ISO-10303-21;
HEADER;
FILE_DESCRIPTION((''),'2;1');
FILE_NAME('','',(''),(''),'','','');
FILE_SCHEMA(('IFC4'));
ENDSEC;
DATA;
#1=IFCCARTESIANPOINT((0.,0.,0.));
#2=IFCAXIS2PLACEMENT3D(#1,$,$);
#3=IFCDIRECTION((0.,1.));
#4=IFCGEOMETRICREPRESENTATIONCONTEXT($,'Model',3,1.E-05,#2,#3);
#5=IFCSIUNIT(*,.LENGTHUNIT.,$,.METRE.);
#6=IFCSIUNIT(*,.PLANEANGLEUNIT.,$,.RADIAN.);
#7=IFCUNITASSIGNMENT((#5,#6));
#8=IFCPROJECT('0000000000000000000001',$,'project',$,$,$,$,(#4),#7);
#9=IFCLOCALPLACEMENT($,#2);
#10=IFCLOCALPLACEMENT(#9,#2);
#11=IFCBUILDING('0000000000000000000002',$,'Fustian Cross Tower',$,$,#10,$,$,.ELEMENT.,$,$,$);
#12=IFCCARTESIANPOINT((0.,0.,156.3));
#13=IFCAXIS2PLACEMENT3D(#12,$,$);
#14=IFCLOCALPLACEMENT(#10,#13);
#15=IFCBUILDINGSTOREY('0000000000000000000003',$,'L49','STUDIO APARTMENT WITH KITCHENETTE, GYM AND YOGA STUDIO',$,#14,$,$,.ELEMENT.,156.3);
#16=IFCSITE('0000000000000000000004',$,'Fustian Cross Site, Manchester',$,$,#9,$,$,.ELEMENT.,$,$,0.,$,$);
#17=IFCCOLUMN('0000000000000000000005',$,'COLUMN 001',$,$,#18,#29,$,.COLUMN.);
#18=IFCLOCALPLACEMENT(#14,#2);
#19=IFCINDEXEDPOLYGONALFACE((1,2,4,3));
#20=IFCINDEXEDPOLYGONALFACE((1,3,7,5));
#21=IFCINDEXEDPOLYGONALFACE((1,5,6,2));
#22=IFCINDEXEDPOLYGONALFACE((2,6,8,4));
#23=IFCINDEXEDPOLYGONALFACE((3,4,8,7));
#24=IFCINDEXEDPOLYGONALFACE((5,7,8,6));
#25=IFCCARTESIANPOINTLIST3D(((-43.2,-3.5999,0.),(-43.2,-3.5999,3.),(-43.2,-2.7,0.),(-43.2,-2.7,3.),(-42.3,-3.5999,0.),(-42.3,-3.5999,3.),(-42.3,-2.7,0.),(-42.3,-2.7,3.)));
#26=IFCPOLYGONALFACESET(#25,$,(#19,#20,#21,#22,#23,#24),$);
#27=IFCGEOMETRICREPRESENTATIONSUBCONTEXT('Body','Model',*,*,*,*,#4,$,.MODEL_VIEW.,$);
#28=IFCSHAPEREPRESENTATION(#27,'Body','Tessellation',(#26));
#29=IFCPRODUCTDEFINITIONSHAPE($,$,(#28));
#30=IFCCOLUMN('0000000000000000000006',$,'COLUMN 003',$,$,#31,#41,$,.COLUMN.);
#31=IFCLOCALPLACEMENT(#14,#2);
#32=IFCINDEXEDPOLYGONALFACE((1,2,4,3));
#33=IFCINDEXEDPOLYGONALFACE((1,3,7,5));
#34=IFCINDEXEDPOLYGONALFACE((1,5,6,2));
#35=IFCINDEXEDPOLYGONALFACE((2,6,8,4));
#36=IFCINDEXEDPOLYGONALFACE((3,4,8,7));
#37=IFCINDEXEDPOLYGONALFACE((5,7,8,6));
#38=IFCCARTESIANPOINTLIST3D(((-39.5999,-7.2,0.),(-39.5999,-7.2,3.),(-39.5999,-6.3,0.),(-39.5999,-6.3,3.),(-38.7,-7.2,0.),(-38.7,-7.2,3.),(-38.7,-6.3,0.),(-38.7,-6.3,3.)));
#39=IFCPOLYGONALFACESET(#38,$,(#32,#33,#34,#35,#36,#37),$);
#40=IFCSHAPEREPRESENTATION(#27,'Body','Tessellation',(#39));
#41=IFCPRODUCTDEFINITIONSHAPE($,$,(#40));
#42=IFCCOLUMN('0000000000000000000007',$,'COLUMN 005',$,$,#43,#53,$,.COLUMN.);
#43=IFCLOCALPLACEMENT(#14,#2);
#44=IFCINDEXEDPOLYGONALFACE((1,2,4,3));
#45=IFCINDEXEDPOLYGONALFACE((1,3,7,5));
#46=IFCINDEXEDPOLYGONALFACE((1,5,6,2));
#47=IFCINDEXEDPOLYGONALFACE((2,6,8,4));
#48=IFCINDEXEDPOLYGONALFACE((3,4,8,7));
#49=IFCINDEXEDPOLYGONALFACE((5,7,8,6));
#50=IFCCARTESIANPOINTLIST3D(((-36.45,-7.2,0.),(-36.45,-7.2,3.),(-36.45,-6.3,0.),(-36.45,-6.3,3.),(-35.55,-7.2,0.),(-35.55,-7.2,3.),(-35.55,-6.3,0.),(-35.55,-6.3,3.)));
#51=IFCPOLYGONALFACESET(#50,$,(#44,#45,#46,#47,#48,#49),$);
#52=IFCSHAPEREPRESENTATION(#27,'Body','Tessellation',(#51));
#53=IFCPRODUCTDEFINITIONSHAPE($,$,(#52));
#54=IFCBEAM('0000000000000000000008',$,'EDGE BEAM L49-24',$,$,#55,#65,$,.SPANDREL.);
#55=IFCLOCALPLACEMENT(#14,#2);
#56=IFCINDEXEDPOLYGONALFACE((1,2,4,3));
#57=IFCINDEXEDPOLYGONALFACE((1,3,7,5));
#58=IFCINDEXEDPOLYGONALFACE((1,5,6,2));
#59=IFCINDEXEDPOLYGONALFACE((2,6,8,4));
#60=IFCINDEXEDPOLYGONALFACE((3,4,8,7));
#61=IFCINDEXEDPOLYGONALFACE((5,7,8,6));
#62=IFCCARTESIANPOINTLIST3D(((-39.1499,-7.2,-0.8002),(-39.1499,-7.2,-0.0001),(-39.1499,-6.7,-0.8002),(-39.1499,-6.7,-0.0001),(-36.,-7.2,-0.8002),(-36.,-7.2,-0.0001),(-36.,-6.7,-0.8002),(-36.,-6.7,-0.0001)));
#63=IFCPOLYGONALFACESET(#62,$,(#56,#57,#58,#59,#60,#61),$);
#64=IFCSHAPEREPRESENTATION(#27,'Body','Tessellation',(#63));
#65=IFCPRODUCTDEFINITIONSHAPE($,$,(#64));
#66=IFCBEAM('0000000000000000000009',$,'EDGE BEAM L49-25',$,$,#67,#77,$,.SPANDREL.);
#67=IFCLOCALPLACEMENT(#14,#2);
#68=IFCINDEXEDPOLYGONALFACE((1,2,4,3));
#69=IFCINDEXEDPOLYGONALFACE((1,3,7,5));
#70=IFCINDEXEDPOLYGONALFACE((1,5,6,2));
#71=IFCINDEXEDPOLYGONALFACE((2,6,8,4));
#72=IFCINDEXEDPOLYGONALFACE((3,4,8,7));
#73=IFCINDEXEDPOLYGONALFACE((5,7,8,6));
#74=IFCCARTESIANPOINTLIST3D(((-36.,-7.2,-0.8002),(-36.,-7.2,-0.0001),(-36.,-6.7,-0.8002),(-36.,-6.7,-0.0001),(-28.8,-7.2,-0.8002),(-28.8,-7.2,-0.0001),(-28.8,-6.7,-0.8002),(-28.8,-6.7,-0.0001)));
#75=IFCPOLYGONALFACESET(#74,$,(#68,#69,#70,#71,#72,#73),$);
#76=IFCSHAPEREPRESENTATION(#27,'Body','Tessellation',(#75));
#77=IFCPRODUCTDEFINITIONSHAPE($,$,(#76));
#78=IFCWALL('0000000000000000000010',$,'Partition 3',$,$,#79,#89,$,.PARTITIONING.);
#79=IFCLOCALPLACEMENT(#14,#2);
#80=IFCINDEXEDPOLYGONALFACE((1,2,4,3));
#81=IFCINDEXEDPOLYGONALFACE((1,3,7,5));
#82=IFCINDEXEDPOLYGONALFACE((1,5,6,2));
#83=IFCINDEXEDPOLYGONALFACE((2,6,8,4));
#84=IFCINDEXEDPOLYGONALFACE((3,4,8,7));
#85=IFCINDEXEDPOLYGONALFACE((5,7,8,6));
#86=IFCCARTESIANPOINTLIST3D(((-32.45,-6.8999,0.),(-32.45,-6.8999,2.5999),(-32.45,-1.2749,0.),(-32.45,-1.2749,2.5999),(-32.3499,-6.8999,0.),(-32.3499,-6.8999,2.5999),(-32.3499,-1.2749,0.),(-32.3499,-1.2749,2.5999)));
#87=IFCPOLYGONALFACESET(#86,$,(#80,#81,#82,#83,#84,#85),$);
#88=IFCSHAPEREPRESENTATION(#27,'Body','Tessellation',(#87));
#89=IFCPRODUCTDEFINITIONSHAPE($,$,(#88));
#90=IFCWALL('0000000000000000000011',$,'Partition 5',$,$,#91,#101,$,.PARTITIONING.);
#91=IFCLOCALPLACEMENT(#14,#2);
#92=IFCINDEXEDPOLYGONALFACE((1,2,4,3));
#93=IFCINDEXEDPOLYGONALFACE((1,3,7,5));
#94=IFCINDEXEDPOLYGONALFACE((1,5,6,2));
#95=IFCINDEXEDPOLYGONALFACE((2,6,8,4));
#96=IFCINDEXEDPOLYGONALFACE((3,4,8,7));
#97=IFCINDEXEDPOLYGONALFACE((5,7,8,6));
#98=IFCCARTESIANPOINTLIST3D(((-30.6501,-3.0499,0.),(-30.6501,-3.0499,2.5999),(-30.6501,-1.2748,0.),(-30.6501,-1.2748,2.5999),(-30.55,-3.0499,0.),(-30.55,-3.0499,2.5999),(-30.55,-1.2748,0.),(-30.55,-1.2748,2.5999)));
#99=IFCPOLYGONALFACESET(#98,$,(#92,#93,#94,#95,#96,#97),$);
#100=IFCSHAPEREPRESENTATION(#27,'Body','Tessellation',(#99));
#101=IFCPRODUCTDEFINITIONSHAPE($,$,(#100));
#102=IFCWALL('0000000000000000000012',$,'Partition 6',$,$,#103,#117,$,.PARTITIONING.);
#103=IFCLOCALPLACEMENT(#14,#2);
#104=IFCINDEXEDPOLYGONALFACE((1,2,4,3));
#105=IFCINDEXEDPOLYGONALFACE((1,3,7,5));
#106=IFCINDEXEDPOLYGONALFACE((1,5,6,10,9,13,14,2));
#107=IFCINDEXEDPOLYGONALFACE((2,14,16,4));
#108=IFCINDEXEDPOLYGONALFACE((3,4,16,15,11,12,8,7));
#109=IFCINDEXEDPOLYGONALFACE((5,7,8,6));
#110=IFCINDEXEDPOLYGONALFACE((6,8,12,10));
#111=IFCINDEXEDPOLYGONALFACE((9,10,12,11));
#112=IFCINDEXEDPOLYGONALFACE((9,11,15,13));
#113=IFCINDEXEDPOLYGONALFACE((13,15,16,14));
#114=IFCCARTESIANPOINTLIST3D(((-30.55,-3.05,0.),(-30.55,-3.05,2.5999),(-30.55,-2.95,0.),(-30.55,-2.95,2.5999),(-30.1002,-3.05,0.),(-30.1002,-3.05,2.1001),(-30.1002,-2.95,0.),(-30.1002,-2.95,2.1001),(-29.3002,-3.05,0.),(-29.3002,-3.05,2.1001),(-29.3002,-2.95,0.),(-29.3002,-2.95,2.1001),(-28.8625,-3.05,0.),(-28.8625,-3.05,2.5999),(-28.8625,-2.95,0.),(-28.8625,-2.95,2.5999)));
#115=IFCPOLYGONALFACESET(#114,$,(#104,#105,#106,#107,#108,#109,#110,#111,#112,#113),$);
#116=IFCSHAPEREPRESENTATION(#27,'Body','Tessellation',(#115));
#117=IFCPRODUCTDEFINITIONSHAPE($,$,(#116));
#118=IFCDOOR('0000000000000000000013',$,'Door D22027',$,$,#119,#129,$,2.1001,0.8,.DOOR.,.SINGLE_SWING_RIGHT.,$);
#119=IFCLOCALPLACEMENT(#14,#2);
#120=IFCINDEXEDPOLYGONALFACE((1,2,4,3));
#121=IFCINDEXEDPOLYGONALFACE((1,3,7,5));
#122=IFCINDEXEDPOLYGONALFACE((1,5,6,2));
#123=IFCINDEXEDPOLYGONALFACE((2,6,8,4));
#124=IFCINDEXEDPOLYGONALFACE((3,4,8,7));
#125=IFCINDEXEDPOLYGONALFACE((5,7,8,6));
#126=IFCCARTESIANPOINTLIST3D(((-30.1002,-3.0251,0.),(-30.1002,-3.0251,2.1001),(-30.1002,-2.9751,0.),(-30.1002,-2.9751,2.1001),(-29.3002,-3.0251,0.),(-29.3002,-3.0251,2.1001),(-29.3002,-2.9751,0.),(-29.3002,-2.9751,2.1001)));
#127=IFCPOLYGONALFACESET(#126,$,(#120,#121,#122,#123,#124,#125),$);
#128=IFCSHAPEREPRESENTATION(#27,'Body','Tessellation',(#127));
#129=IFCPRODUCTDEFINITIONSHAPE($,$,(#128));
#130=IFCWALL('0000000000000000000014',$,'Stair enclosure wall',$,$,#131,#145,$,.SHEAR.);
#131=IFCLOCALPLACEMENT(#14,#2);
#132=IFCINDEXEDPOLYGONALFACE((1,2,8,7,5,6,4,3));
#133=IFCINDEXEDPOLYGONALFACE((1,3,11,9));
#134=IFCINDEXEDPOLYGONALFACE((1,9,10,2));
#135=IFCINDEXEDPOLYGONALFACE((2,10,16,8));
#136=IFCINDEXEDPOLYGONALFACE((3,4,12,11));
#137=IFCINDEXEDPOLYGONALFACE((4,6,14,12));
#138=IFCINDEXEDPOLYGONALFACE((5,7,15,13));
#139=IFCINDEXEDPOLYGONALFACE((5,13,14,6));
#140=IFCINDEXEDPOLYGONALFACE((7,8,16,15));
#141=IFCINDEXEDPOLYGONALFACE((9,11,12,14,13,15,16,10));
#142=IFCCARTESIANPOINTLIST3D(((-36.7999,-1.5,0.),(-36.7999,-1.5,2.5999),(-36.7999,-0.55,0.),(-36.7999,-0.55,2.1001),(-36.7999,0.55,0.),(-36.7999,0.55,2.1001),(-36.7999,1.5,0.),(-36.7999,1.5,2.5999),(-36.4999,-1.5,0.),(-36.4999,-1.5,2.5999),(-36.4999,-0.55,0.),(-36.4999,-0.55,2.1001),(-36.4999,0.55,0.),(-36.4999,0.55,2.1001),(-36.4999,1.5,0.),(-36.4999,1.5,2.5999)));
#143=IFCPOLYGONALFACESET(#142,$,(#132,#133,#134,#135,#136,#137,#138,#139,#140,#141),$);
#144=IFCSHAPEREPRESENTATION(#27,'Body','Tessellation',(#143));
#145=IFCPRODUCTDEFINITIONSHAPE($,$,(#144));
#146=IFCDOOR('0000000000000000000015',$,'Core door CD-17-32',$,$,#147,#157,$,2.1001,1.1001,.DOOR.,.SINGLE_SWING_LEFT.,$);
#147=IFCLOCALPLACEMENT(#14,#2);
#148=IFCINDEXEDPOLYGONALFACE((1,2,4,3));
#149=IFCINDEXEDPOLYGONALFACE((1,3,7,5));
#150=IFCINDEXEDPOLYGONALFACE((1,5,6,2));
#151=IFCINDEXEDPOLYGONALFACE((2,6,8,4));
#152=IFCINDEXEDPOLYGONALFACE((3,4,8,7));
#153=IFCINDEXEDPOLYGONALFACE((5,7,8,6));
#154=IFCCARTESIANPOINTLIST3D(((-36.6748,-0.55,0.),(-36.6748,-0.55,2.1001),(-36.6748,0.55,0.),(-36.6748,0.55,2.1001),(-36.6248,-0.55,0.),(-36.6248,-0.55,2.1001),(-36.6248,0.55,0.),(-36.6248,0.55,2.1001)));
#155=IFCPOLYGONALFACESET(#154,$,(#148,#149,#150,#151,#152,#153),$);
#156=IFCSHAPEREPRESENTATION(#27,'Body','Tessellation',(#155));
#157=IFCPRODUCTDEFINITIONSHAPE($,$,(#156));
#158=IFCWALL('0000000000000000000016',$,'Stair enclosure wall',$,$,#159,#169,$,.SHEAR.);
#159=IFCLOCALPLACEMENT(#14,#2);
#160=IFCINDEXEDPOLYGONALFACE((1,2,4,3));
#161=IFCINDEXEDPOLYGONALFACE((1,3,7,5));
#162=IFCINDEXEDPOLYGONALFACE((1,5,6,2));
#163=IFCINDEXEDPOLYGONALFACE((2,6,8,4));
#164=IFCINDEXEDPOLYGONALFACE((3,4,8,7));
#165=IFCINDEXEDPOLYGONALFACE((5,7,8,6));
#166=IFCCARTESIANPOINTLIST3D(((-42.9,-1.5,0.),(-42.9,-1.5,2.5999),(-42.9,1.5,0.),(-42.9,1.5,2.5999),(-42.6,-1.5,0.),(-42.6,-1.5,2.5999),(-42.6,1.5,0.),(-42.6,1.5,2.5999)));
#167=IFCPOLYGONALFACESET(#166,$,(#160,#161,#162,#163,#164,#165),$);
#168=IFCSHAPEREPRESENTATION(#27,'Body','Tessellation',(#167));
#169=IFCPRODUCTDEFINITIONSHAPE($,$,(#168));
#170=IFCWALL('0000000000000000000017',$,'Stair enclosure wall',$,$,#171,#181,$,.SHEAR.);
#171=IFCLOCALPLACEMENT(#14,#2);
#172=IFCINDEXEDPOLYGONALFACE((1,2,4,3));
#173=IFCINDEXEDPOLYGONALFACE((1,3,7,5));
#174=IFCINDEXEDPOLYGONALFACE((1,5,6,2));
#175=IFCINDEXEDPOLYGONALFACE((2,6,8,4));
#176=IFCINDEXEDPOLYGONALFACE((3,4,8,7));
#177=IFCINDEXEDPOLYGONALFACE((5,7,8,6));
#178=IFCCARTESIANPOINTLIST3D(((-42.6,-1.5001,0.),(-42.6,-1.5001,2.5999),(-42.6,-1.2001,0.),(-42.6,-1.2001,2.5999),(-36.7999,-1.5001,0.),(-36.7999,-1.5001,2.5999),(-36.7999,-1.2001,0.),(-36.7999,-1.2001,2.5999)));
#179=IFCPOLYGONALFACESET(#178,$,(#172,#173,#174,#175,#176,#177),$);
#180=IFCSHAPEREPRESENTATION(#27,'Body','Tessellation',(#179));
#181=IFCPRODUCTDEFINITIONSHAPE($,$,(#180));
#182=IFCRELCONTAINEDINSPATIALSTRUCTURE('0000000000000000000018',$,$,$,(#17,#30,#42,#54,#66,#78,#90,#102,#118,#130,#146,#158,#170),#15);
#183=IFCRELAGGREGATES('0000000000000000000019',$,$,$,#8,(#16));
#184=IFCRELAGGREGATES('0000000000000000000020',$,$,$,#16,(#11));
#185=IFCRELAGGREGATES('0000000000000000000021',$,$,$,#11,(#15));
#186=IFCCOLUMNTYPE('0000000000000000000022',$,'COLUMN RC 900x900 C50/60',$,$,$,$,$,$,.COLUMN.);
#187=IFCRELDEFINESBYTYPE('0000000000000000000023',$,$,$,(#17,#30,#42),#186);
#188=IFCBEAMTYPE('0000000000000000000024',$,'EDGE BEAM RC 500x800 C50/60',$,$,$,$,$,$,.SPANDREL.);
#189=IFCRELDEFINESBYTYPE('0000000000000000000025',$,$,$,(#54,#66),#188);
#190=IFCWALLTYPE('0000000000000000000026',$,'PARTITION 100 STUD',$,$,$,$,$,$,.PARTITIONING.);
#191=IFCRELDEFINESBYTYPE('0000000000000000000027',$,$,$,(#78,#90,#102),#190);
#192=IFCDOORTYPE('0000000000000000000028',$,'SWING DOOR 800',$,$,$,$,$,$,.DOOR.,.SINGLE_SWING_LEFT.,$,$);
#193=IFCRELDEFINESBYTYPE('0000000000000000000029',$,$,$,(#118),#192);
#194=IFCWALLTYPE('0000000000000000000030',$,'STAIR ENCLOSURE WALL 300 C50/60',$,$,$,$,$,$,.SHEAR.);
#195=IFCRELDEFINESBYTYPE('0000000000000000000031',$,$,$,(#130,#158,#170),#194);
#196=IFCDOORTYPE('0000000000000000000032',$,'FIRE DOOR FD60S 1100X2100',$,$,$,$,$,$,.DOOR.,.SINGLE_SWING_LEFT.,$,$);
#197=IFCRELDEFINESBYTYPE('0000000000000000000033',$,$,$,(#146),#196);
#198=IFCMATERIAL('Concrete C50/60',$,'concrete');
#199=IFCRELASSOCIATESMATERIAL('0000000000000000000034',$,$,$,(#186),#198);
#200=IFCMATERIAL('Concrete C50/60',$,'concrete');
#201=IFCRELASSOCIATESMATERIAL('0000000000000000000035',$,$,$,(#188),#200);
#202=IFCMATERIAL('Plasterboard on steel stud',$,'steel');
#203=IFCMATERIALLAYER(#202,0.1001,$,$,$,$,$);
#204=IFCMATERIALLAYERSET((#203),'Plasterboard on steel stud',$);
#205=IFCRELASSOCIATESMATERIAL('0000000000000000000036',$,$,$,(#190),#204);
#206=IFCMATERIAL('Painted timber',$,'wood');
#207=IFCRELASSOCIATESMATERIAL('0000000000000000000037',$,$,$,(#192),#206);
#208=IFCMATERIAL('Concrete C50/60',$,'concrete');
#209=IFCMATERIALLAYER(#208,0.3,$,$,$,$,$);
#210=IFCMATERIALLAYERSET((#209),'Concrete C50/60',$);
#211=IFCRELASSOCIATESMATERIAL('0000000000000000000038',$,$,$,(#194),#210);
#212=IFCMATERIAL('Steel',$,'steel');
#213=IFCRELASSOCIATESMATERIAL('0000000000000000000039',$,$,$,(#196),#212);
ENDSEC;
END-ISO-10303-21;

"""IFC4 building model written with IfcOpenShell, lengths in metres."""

from ifc_helpers import new_model, si_unit, direction, frame, frame_2d, origin, origin_2d, place, context, subcontext, project, spatial, rectangle, extrude, material, layer, layer_set, material_profile, profile_set, type_object, element, fill, save


model = new_model("IFC4")

# Units and contexts
model_context = context("Model", 3, precision=1e-05, world=origin(), true_north=direction((0.0, 1.0)))
body_context = subcontext(model_context, "Body", "Model", "MODEL_VIEW")
ifc_project = project(units=[si_unit("LENGTHUNIT", "METRE"), si_unit("PLANEANGLEUNIT", "RADIAN")], contexts=[model_context])

# Site, building, storey
site_placement = place(None, origin())
site = spatial("IfcSite", under=ifc_project, at=site_placement, Name="Fustian Cross Site, Manchester", CompositionType="ELEMENT", RefElevation=0.0)
building_placement = place(site_placement, origin())
building = spatial("IfcBuilding", under=site, at=building_placement, Name="Fustian Cross Tower", CompositionType="ELEMENT")
storey_placement = place(building_placement, frame((0.0, 0.0, 156.3)))
storey = spatial("IfcBuildingStorey", under=building, at=storey_placement, Name="L49", Description="STUDIO APARTMENT WITH KITCHENETTE, GYM AND YOGA STUDIO", CompositionType="ELEMENT", Elevation=156.3)

# Columns
ifc_material_1 = material(Name="Concrete C50/60", Category="concrete")
ifc_material_profile_1 = material_profile(ifc_material_1, rectangle(XDim=0.8999, YDim=0.8999, at=origin_2d()), Name="RC 900x900")
ifc_profile_set_1 = profile_set([ifc_material_profile_1], Name="Concrete C50/60")
column_type = type_object("IfcColumnType", Name="COLUMN RC 900x900 C50/60", PredefinedType="COLUMN", material=ifc_profile_set_1)
for number, where, z_axis, x_axis, name in (
    (1, (-42.75, -3.1499, 0.0), (0.0, 0.0, 1.0), (1.0, 0.0, 0.0), "COLUMN 001"),
    (2, (-39.1499, -6.75, 0.0), (0.0, 0.0, 1.0), (1.0, 0.0, 0.0), "COLUMN 003"),
    (3, (-36.0, -6.75, 0.0), (0.0, 0.0, 1.0), (1.0, 0.0, 0.0), "COLUMN 005"),
):
    element("IfcColumn", number, at=place(storey_placement, frame(where, z_axis=z_axis, x_axis=x_axis)), inside=storey, type_object=column_type, Name=name, PredefinedType="COLUMN", context=body_context, shape_type="SweptSolid", body=[
        extrude(rectangle(XDim=0.8999, YDim=0.8999, at=origin_2d()), origin(), (0.0, 0.0, 1.0), 3.0),
    ])

# Beams
ifc_material_2 = material(Name="Concrete C50/60", Category="concrete")
ifc_material_profile_2 = material_profile(ifc_material_2, rectangle(XDim=0.5, YDim=0.8, at=origin_2d()), Name="RC 500x800")
ifc_profile_set_2 = profile_set([ifc_material_profile_2], Name="Concrete C50/60")
beam_type = type_object("IfcBeamType", Name="EDGE BEAM RC 500x800 C50/60", PredefinedType="SPANDREL", material=ifc_profile_set_2)
beam_1_placement = place(storey_placement, frame((-39.1499, -6.95, -0.4001), z_axis=(1.0, 0.0, 0.0), x_axis=(0.0, 1.0, 0.0)))
element("IfcBeam", 4, at=beam_1_placement, inside=storey, type_object=beam_type, Name="EDGE BEAM L49-24", PredefinedType="SPANDREL", context=body_context, shape_type="SweptSolid", body=[
    extrude(rectangle(XDim=0.5, YDim=0.8, at=origin_2d()), origin(), (0.0, 0.0, 1.0), 3.1499),
])
beam_2_placement = place(storey_placement, frame((-36.0, -6.95, -0.4001), z_axis=(1.0, 0.0, 0.0), x_axis=(0.0, 1.0, 0.0)))
element("IfcBeam", 5, at=beam_2_placement, inside=storey, type_object=beam_type, Name="EDGE BEAM L49-25", PredefinedType="SPANDREL", context=body_context, shape_type="SweptSolid", body=[
    extrude(rectangle(XDim=0.5, YDim=0.8, at=origin_2d()), origin(), (0.0, 0.0, 1.0), 7.2),
])

# Walls
ifc_material_3 = material(Name="Plasterboard on steel stud", Category="steel")
ifc_layer_1 = layer(ifc_material_3, 0.1001)
ifc_layer_set_1 = layer_set([ifc_layer_1], Name="Plasterboard on steel stud")
wall_type_1 = type_object("IfcWallType", Name="PARTITION 100 STUD", PredefinedType="PARTITIONING", material=ifc_layer_set_1)
wall_1_placement = place(storey_placement, frame((-32.3999, -6.8999, 0.0), z_axis=(0.0, 0.0, 1.0), x_axis=(0.0, 1.0, 0.0)))
element("IfcWall", 6, at=wall_1_placement, inside=storey, type_object=wall_type_1, Name="Partition 3", PredefinedType="PARTITIONING", context=body_context, shape_type="SweptSolid", body=[
    extrude(rectangle(XDim=5.625, YDim=0.1001, at=frame_2d((2.8125, 0.0))), origin(), (0.0, 0.0, 1.0), 2.5999),
])
wall_2_placement = place(storey_placement, frame((-30.6001, -3.05, 0.0), z_axis=(0.0, 0.0, 1.0), x_axis=(0.0, 1.0, 0.0)))
element("IfcWall", 7, at=wall_2_placement, inside=storey, type_object=wall_type_1, Name="Partition 5", PredefinedType="PARTITIONING", context=body_context, shape_type="SweptSolid", body=[
    extrude(rectangle(XDim=1.7751, YDim=0.1001, at=frame_2d((0.8877, 0.0))), origin(), (0.0, 0.0, 1.0), 2.5999),
])

# Walls, openings, doors
wall_3_placement = place(storey_placement, frame((-30.55, -3.0, 0.0), z_axis=(0.0, 0.0, 1.0), x_axis=(1.0, 0.0, 0.0)))
wall_3 = element("IfcWall", 8, at=wall_3_placement, inside=storey, type_object=wall_type_1, Name="Partition 6", PredefinedType="PARTITIONING", context=body_context, shape_type="SweptSolid", body=[
    extrude(rectangle(XDim=1.6875, YDim=0.1001, at=frame_2d((0.8438, 0.0))), origin(), (0.0, 0.0, 1.0), 2.5999),
])
opening_1_placement = place(wall_3_placement, frame((0.45, 0.0, 0.0)))
opening_1 = element("IfcOpeningElement", 9, at=opening_1_placement, cuts=wall_3, PredefinedType="OPENING", context=body_context, shape_type="SweptSolid", body=[
    extrude(rectangle(XDim=0.8, YDim=2.1001, at=frame_2d((0.3999, 1.05))), frame((0.0, 0.0601, 0.0), z_axis=(0.0, -1.0, 0.0), x_axis=(1.0, 0.0, 0.0)), (0.0, 0.0, 1.0), 0.1201),
])
ifc_material_4 = material(Name="Painted timber", Category="wood")
door_type_1 = type_object("IfcDoorType", Name="SWING DOOR 800", OperationType="SINGLE_SWING_LEFT", PredefinedType="DOOR", material=ifc_material_4)
door_1_placement = place(opening_1_placement, origin())
door_1 = element("IfcDoor", 10, at=door_1_placement, inside=storey, type_object=door_type_1, Name="Door D22027", OperationType="SINGLE_SWING_RIGHT", OverallHeight=2.1001, OverallWidth=0.8, PredefinedType="DOOR", context=body_context, shape_type="SweptSolid", body=[
    extrude(rectangle(XDim=0.8, YDim=2.1001, at=frame_2d((0.3999, 1.05))), frame((0.0, 0.0249, 0.0), z_axis=(0.0, -1.0, 0.0), x_axis=(1.0, 0.0, 0.0)), (0.0, 0.0, 1.0), 0.05),
])
fill(opening_1, door_1)
ifc_material_5 = material(Name="Concrete C50/60", Category="concrete")
ifc_layer_2 = layer(ifc_material_5, 0.3)
ifc_layer_set_2 = layer_set([ifc_layer_2], Name="Concrete C50/60")
wall_type_2 = type_object("IfcWallType", Name="STAIR ENCLOSURE WALL 300 C50/60", PredefinedType="SHEAR", material=ifc_layer_set_2)
wall_4_placement = place(storey_placement, frame((-36.6499, -1.5, 0.0), z_axis=(0.0, 0.0, 1.0), x_axis=(0.0, 1.0, 0.0)))
wall_4 = element("IfcWall", 11, at=wall_4_placement, inside=storey, type_object=wall_type_2, Name="Stair enclosure wall", PredefinedType="SHEAR", context=body_context, shape_type="SweptSolid", body=[
    extrude(rectangle(XDim=3.0, YDim=0.3, at=frame_2d((1.5, 0.0))), origin(), (0.0, 0.0, 1.0), 2.5999),
])
opening_2_placement = place(wall_4_placement, frame((0.95, 0.0, 0.0)))
opening_2 = element("IfcOpeningElement", 12, at=opening_2_placement, cuts=wall_4, PredefinedType="OPENING", context=body_context, shape_type="SweptSolid", body=[
    extrude(rectangle(XDim=1.1001, YDim=2.1001, at=frame_2d((0.55, 1.05))), frame((0.0, 0.1599, 0.0), z_axis=(0.0, -1.0, 0.0), x_axis=(1.0, 0.0, 0.0)), (0.0, 0.0, 1.0), 0.3201),
])
ifc_material_6 = material(Name="Steel", Category="steel")
door_type_2 = type_object("IfcDoorType", Name="FIRE DOOR FD60S 1100X2100", OperationType="SINGLE_SWING_LEFT", PredefinedType="DOOR", material=ifc_material_6)
door_2_placement = place(opening_2_placement, origin())
door_2 = element("IfcDoor", 13, at=door_2_placement, inside=storey, type_object=door_type_2, Name="Core door CD-17-32", OperationType="SINGLE_SWING_LEFT", OverallHeight=2.1001, OverallWidth=1.1001, PredefinedType="DOOR", context=body_context, shape_type="SweptSolid", body=[
    extrude(rectangle(XDim=1.1001, YDim=2.1001, at=frame_2d((0.55, 1.05))), frame((0.0, 0.0249, 0.0), z_axis=(0.0, -1.0, 0.0), x_axis=(1.0, 0.0, 0.0)), (0.0, 0.0, 1.0), 0.05),
])
fill(opening_2, door_2)

# Walls
wall_5_placement = place(storey_placement, frame((-42.75, -1.5, 0.0), z_axis=(0.0, 0.0, 1.0), x_axis=(0.0, 1.0, 0.0)))
element("IfcWall", 14, at=wall_5_placement, inside=storey, type_object=wall_type_2, Name="Stair enclosure wall", PredefinedType="SHEAR", context=body_context, shape_type="SweptSolid", body=[
    extrude(rectangle(XDim=3.0, YDim=0.3, at=frame_2d((1.5, 0.0))), origin(), (0.0, 0.0, 1.0), 2.5999),
])
wall_6_placement = place(storey_placement, frame((-36.8, -1.3501, 0.0), z_axis=(0.0, 0.0, 1.0), x_axis=(-1.0, 0.0, 0.0)))
element("IfcWall", 15, at=wall_6_placement, inside=storey, type_object=wall_type_2, Name="Stair enclosure wall", PredefinedType="SHEAR", context=body_context, shape_type="SweptSolid", body=[
    extrude(rectangle(XDim=5.8, YDim=0.3, at=frame_2d((2.8999, 0.0))), origin(), (0.0, 0.0, 1.0), 2.5999),
])

save(model, "model.ifc")
